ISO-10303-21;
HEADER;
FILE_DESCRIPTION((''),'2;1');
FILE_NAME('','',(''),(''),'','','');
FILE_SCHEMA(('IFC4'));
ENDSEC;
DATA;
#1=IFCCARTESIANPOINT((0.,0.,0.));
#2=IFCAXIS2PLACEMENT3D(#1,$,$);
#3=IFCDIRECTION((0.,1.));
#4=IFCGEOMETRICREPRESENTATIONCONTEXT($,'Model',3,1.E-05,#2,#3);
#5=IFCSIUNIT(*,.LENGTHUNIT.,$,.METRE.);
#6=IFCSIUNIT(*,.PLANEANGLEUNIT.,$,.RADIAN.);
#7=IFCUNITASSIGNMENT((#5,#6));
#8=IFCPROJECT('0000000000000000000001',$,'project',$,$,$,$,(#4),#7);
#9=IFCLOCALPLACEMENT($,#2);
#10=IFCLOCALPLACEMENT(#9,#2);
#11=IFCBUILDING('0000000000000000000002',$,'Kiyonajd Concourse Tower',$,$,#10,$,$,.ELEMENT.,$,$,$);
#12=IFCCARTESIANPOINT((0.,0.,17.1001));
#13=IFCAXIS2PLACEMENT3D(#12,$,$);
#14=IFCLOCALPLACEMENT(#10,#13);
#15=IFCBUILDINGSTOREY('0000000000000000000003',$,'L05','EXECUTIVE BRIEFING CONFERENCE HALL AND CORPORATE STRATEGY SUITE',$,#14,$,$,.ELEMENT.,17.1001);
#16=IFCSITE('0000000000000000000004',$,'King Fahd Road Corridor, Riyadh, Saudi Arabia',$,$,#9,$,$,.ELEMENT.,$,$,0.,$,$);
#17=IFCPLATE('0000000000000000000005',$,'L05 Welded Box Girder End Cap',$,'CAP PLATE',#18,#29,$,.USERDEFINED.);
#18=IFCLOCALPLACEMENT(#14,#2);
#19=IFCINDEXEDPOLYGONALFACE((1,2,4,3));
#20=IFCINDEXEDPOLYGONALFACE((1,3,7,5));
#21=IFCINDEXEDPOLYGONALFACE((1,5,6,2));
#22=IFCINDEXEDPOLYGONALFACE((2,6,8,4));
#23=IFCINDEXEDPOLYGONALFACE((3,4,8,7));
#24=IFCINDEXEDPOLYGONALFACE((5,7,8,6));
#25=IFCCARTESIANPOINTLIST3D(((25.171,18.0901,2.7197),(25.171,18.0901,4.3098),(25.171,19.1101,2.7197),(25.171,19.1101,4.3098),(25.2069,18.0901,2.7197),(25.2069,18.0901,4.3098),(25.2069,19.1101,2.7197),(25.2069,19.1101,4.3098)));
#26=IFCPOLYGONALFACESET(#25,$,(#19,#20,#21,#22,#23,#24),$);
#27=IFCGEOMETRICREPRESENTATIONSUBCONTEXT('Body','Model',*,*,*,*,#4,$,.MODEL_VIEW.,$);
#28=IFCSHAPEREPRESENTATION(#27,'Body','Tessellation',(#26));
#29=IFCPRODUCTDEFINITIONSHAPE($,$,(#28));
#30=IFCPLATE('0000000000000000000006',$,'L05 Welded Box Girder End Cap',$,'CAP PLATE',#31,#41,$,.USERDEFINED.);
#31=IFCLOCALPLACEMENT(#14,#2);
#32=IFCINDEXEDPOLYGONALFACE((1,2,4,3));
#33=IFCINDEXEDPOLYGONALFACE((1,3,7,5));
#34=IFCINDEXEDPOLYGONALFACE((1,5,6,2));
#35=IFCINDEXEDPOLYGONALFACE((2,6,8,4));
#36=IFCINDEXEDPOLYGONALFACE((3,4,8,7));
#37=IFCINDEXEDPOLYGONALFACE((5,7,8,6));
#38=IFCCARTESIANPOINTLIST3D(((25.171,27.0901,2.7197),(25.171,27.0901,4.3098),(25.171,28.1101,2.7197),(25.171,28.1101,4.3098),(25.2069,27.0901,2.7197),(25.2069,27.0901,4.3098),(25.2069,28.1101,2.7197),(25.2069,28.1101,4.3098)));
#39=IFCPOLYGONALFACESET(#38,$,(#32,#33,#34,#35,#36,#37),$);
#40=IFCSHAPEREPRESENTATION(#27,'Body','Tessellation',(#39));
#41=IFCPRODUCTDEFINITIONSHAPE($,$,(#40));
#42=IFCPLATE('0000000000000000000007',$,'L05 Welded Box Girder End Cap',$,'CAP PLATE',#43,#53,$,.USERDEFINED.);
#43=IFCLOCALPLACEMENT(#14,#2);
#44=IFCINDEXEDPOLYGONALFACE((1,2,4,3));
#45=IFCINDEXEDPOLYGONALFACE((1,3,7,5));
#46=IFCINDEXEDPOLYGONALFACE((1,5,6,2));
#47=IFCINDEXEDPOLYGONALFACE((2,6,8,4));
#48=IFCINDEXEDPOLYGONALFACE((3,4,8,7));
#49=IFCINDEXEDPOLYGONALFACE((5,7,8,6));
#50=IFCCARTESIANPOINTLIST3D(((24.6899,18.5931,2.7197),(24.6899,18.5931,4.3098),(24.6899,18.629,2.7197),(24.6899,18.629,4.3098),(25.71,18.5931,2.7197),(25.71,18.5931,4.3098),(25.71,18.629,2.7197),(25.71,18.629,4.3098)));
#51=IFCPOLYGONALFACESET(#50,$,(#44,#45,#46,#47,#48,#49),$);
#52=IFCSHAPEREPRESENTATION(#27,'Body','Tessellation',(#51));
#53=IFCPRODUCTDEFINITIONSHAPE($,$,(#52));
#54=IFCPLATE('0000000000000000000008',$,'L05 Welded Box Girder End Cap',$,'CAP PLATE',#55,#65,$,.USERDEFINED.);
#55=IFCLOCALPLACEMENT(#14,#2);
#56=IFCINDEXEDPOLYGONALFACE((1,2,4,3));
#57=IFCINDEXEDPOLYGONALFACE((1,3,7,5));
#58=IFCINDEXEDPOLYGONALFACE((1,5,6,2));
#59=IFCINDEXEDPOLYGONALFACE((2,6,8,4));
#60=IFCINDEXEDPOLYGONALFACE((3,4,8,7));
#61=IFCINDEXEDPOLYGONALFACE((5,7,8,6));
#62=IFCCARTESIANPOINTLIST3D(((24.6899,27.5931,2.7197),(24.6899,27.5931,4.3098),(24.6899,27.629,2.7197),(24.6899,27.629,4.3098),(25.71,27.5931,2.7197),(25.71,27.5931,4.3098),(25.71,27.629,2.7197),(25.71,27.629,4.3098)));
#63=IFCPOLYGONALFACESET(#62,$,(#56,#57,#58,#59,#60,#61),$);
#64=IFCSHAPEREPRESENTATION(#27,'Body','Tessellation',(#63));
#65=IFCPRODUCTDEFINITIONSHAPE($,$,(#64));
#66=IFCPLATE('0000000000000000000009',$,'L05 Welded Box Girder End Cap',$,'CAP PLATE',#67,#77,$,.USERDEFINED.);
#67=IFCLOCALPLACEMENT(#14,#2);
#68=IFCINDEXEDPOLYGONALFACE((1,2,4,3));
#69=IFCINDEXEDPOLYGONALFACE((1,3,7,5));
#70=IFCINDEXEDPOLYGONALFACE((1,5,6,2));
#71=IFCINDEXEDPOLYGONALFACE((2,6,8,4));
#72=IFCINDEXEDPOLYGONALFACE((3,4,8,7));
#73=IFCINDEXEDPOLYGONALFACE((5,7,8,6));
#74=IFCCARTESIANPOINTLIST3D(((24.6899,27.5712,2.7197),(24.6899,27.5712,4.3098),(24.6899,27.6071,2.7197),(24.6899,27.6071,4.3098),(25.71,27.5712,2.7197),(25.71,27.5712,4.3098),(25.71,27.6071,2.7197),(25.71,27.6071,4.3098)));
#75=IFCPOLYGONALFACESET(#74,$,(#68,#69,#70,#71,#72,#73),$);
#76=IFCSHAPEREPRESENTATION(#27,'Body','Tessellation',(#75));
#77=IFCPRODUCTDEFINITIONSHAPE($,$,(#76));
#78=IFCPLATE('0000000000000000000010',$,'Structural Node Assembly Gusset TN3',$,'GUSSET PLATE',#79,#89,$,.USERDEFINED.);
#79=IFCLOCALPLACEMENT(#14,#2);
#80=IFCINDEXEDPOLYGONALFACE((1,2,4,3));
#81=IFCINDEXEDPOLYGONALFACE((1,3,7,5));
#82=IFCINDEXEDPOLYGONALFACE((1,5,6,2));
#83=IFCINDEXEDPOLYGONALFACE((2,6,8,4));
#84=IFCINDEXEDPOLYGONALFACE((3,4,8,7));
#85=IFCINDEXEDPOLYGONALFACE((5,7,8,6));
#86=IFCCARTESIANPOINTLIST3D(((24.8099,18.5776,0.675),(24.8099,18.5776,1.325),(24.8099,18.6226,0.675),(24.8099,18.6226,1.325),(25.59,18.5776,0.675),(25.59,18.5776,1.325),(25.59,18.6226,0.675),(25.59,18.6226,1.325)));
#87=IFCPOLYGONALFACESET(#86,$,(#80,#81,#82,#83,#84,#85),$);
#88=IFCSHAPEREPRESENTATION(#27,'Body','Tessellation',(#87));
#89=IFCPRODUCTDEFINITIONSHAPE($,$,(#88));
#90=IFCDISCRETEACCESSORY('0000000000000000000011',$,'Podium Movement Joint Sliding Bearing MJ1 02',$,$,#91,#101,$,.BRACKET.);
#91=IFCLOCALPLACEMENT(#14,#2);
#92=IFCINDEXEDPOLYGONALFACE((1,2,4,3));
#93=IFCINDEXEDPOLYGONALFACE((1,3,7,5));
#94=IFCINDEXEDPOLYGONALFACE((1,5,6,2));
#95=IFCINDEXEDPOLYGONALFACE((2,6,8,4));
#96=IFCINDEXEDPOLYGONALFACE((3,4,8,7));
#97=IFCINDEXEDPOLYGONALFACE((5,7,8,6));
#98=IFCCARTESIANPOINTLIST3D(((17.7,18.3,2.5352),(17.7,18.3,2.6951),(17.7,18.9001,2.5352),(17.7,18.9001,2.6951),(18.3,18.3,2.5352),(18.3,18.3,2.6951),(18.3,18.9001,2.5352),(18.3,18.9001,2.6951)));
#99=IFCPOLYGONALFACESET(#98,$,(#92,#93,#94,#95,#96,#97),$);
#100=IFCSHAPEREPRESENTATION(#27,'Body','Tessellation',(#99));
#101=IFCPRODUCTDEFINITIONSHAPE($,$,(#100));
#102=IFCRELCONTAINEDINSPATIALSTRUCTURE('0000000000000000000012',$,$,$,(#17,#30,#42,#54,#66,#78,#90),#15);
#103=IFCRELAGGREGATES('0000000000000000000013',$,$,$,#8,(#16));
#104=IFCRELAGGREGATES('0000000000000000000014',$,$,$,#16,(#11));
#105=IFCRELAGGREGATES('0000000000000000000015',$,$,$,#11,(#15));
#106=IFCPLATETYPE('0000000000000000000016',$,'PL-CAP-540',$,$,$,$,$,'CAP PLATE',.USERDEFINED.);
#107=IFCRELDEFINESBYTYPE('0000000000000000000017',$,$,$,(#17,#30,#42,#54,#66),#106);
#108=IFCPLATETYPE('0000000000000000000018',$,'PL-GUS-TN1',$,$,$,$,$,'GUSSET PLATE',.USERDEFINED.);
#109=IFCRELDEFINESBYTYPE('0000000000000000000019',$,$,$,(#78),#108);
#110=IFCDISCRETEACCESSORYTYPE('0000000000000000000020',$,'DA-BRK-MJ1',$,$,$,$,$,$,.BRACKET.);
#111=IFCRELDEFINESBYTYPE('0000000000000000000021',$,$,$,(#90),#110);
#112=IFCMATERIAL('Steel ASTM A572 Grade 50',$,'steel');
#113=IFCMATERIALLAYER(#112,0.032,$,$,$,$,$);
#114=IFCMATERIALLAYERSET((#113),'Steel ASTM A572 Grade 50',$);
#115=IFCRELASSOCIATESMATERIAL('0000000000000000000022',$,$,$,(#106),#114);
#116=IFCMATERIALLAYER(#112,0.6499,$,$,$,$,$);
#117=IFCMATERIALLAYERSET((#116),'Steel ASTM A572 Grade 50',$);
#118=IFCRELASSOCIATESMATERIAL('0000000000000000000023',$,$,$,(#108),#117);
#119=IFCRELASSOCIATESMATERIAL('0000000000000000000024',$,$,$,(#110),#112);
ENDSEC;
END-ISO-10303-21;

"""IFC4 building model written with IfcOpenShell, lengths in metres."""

from ifc_helpers import new_model, si_unit, direction, frame, origin, origin_2d, place, context, subcontext, project, spatial, rectangle, extrude, material, layer, layer_set, type_object, element, save


model = new_model("IFC4")

# Units and contexts
model_context = context("Model", 3, precision=1e-05, world=origin(), true_north=direction((0.0, 1.0)))
body_context = subcontext(model_context, "Body", "Model", "MODEL_VIEW")
ifc_project = project(units=[si_unit("LENGTHUNIT", "METRE"), si_unit("PLANEANGLEUNIT", "RADIAN")], contexts=[model_context])

# Site, building, storey
site_placement = place(None, origin())
site = spatial("IfcSite", under=ifc_project, at=site_placement, Name="King Fahd Road Corridor, Riyadh, Saudi Arabia", CompositionType="ELEMENT", RefElevation=0.0)
building_placement = place(site_placement, origin())
building = spatial("IfcBuilding", under=site, at=building_placement, Name="Kiyonajd Concourse Tower", CompositionType="ELEMENT")
storey_placement = place(building_placement, frame((0.0, 0.0, 17.1001)))
storey = spatial("IfcBuildingStorey", under=building, at=storey_placement, Name="L05", Description="EXECUTIVE BRIEFING CONFERENCE HALL AND CORPORATE STRATEGY SUITE", CompositionType="ELEMENT", Elevation=17.1001)

# Shared definitions
ifc_material_1 = material(Name="Steel ASTM A572 Grade 50", Category="steel")

# Plates
ifc_layer_1 = layer(ifc_material_1, 0.032)
ifc_layer_set_1 = layer_set([ifc_layer_1], Name="Steel ASTM A572 Grade 50")
plate_type_1 = type_object("IfcPlateType", Name="PL-CAP-540", ElementType="CAP PLATE", PredefinedType="USERDEFINED", material=ifc_layer_set_1)
for number, where, z_axis, x_axis, name in (
    (1, (25.189, 18.6001, 2.7197), (0.0, 0.0, 1.0), (-1.0, 0.0, 0.0), "L05 Welded Box Girder End Cap"),
    (2, (25.189, 27.6001, 2.7197), (0.0, 0.0, 1.0), (-1.0, 0.0, 0.0), "L05 Welded Box Girder End Cap"),
    (3, (25.2, 18.6111, 2.7197), (0.0, 0.0, 1.0), (0.0, 1.0, 0.0), "L05 Welded Box Girder End Cap"),
    (4, (25.2, 27.6111, 2.7197), (0.0, 0.0, 1.0), (0.0, 1.0, 0.0), "L05 Welded Box Girder End Cap"),
    (5, (25.2, 27.5891, 2.7197), (0.0, 0.0, 1.0), (0.0, -1.0, 0.0), "L05 Welded Box Girder End Cap"),
):
    element("IfcPlate", number, at=place(storey_placement, frame(where, z_axis=z_axis, x_axis=x_axis)), inside=storey, type_object=plate_type_1, Name=name, ObjectType="CAP PLATE", PredefinedType="USERDEFINED", context=body_context, shape_type="SweptSolid", body=[
        extrude(rectangle(XDim=0.0359, YDim=1.02, at=origin_2d()), origin(), (0.0, 0.0, 1.0), 1.5901),
    ])
ifc_layer_2 = layer(ifc_material_1, 0.6499)
ifc_layer_set_2 = layer_set([ifc_layer_2], Name="Steel ASTM A572 Grade 50")
plate_type_2 = type_object("IfcPlateType", Name="PL-GUS-TN1", ElementType="GUSSET PLATE", PredefinedType="USERDEFINED", material=ifc_layer_set_2)
plate_placement = place(storey_placement, frame((25.2, 18.6001, 0.675), z_axis=(0.0, 0.0, 1.0), x_axis=(1.0, 0.0, 0.0)))
element("IfcPlate", 6, at=plate_placement, inside=storey, type_object=plate_type_2, Name="Structural Node Assembly Gusset TN3", ObjectType="GUSSET PLATE", PredefinedType="USERDEFINED", context=body_context, shape_type="SweptSolid", body=[
    extrude(rectangle(XDim=0.78, YDim=0.0449, at=origin_2d()), origin(), (0.0, 0.0, 1.0), 0.6499),
])

# Discrete accessory
discrete_accessory_type = type_object("IfcDiscreteAccessoryType", Name="DA-BRK-MJ1", PredefinedType="BRACKET", material=ifc_material_1)
discrete_accessory_placement = place(storey_placement, frame((18.0, 18.6001, 2.5352), z_axis=(0.0, 0.0, 1.0), x_axis=(1.0, 0.0, 0.0)))
element("IfcDiscreteAccessory", 7, at=discrete_accessory_placement, inside=storey, type_object=discrete_accessory_type, Name="Podium Movement Joint Sliding Bearing MJ1 02", PredefinedType="BRACKET", context=body_context, shape_type="SweptSolid", body=[
    extrude(rectangle(XDim=0.6001, YDim=0.6001, at=origin_2d()), origin(), (0.0, 0.0, 1.0), 0.1599),
])

save(model, "model.ifc")
